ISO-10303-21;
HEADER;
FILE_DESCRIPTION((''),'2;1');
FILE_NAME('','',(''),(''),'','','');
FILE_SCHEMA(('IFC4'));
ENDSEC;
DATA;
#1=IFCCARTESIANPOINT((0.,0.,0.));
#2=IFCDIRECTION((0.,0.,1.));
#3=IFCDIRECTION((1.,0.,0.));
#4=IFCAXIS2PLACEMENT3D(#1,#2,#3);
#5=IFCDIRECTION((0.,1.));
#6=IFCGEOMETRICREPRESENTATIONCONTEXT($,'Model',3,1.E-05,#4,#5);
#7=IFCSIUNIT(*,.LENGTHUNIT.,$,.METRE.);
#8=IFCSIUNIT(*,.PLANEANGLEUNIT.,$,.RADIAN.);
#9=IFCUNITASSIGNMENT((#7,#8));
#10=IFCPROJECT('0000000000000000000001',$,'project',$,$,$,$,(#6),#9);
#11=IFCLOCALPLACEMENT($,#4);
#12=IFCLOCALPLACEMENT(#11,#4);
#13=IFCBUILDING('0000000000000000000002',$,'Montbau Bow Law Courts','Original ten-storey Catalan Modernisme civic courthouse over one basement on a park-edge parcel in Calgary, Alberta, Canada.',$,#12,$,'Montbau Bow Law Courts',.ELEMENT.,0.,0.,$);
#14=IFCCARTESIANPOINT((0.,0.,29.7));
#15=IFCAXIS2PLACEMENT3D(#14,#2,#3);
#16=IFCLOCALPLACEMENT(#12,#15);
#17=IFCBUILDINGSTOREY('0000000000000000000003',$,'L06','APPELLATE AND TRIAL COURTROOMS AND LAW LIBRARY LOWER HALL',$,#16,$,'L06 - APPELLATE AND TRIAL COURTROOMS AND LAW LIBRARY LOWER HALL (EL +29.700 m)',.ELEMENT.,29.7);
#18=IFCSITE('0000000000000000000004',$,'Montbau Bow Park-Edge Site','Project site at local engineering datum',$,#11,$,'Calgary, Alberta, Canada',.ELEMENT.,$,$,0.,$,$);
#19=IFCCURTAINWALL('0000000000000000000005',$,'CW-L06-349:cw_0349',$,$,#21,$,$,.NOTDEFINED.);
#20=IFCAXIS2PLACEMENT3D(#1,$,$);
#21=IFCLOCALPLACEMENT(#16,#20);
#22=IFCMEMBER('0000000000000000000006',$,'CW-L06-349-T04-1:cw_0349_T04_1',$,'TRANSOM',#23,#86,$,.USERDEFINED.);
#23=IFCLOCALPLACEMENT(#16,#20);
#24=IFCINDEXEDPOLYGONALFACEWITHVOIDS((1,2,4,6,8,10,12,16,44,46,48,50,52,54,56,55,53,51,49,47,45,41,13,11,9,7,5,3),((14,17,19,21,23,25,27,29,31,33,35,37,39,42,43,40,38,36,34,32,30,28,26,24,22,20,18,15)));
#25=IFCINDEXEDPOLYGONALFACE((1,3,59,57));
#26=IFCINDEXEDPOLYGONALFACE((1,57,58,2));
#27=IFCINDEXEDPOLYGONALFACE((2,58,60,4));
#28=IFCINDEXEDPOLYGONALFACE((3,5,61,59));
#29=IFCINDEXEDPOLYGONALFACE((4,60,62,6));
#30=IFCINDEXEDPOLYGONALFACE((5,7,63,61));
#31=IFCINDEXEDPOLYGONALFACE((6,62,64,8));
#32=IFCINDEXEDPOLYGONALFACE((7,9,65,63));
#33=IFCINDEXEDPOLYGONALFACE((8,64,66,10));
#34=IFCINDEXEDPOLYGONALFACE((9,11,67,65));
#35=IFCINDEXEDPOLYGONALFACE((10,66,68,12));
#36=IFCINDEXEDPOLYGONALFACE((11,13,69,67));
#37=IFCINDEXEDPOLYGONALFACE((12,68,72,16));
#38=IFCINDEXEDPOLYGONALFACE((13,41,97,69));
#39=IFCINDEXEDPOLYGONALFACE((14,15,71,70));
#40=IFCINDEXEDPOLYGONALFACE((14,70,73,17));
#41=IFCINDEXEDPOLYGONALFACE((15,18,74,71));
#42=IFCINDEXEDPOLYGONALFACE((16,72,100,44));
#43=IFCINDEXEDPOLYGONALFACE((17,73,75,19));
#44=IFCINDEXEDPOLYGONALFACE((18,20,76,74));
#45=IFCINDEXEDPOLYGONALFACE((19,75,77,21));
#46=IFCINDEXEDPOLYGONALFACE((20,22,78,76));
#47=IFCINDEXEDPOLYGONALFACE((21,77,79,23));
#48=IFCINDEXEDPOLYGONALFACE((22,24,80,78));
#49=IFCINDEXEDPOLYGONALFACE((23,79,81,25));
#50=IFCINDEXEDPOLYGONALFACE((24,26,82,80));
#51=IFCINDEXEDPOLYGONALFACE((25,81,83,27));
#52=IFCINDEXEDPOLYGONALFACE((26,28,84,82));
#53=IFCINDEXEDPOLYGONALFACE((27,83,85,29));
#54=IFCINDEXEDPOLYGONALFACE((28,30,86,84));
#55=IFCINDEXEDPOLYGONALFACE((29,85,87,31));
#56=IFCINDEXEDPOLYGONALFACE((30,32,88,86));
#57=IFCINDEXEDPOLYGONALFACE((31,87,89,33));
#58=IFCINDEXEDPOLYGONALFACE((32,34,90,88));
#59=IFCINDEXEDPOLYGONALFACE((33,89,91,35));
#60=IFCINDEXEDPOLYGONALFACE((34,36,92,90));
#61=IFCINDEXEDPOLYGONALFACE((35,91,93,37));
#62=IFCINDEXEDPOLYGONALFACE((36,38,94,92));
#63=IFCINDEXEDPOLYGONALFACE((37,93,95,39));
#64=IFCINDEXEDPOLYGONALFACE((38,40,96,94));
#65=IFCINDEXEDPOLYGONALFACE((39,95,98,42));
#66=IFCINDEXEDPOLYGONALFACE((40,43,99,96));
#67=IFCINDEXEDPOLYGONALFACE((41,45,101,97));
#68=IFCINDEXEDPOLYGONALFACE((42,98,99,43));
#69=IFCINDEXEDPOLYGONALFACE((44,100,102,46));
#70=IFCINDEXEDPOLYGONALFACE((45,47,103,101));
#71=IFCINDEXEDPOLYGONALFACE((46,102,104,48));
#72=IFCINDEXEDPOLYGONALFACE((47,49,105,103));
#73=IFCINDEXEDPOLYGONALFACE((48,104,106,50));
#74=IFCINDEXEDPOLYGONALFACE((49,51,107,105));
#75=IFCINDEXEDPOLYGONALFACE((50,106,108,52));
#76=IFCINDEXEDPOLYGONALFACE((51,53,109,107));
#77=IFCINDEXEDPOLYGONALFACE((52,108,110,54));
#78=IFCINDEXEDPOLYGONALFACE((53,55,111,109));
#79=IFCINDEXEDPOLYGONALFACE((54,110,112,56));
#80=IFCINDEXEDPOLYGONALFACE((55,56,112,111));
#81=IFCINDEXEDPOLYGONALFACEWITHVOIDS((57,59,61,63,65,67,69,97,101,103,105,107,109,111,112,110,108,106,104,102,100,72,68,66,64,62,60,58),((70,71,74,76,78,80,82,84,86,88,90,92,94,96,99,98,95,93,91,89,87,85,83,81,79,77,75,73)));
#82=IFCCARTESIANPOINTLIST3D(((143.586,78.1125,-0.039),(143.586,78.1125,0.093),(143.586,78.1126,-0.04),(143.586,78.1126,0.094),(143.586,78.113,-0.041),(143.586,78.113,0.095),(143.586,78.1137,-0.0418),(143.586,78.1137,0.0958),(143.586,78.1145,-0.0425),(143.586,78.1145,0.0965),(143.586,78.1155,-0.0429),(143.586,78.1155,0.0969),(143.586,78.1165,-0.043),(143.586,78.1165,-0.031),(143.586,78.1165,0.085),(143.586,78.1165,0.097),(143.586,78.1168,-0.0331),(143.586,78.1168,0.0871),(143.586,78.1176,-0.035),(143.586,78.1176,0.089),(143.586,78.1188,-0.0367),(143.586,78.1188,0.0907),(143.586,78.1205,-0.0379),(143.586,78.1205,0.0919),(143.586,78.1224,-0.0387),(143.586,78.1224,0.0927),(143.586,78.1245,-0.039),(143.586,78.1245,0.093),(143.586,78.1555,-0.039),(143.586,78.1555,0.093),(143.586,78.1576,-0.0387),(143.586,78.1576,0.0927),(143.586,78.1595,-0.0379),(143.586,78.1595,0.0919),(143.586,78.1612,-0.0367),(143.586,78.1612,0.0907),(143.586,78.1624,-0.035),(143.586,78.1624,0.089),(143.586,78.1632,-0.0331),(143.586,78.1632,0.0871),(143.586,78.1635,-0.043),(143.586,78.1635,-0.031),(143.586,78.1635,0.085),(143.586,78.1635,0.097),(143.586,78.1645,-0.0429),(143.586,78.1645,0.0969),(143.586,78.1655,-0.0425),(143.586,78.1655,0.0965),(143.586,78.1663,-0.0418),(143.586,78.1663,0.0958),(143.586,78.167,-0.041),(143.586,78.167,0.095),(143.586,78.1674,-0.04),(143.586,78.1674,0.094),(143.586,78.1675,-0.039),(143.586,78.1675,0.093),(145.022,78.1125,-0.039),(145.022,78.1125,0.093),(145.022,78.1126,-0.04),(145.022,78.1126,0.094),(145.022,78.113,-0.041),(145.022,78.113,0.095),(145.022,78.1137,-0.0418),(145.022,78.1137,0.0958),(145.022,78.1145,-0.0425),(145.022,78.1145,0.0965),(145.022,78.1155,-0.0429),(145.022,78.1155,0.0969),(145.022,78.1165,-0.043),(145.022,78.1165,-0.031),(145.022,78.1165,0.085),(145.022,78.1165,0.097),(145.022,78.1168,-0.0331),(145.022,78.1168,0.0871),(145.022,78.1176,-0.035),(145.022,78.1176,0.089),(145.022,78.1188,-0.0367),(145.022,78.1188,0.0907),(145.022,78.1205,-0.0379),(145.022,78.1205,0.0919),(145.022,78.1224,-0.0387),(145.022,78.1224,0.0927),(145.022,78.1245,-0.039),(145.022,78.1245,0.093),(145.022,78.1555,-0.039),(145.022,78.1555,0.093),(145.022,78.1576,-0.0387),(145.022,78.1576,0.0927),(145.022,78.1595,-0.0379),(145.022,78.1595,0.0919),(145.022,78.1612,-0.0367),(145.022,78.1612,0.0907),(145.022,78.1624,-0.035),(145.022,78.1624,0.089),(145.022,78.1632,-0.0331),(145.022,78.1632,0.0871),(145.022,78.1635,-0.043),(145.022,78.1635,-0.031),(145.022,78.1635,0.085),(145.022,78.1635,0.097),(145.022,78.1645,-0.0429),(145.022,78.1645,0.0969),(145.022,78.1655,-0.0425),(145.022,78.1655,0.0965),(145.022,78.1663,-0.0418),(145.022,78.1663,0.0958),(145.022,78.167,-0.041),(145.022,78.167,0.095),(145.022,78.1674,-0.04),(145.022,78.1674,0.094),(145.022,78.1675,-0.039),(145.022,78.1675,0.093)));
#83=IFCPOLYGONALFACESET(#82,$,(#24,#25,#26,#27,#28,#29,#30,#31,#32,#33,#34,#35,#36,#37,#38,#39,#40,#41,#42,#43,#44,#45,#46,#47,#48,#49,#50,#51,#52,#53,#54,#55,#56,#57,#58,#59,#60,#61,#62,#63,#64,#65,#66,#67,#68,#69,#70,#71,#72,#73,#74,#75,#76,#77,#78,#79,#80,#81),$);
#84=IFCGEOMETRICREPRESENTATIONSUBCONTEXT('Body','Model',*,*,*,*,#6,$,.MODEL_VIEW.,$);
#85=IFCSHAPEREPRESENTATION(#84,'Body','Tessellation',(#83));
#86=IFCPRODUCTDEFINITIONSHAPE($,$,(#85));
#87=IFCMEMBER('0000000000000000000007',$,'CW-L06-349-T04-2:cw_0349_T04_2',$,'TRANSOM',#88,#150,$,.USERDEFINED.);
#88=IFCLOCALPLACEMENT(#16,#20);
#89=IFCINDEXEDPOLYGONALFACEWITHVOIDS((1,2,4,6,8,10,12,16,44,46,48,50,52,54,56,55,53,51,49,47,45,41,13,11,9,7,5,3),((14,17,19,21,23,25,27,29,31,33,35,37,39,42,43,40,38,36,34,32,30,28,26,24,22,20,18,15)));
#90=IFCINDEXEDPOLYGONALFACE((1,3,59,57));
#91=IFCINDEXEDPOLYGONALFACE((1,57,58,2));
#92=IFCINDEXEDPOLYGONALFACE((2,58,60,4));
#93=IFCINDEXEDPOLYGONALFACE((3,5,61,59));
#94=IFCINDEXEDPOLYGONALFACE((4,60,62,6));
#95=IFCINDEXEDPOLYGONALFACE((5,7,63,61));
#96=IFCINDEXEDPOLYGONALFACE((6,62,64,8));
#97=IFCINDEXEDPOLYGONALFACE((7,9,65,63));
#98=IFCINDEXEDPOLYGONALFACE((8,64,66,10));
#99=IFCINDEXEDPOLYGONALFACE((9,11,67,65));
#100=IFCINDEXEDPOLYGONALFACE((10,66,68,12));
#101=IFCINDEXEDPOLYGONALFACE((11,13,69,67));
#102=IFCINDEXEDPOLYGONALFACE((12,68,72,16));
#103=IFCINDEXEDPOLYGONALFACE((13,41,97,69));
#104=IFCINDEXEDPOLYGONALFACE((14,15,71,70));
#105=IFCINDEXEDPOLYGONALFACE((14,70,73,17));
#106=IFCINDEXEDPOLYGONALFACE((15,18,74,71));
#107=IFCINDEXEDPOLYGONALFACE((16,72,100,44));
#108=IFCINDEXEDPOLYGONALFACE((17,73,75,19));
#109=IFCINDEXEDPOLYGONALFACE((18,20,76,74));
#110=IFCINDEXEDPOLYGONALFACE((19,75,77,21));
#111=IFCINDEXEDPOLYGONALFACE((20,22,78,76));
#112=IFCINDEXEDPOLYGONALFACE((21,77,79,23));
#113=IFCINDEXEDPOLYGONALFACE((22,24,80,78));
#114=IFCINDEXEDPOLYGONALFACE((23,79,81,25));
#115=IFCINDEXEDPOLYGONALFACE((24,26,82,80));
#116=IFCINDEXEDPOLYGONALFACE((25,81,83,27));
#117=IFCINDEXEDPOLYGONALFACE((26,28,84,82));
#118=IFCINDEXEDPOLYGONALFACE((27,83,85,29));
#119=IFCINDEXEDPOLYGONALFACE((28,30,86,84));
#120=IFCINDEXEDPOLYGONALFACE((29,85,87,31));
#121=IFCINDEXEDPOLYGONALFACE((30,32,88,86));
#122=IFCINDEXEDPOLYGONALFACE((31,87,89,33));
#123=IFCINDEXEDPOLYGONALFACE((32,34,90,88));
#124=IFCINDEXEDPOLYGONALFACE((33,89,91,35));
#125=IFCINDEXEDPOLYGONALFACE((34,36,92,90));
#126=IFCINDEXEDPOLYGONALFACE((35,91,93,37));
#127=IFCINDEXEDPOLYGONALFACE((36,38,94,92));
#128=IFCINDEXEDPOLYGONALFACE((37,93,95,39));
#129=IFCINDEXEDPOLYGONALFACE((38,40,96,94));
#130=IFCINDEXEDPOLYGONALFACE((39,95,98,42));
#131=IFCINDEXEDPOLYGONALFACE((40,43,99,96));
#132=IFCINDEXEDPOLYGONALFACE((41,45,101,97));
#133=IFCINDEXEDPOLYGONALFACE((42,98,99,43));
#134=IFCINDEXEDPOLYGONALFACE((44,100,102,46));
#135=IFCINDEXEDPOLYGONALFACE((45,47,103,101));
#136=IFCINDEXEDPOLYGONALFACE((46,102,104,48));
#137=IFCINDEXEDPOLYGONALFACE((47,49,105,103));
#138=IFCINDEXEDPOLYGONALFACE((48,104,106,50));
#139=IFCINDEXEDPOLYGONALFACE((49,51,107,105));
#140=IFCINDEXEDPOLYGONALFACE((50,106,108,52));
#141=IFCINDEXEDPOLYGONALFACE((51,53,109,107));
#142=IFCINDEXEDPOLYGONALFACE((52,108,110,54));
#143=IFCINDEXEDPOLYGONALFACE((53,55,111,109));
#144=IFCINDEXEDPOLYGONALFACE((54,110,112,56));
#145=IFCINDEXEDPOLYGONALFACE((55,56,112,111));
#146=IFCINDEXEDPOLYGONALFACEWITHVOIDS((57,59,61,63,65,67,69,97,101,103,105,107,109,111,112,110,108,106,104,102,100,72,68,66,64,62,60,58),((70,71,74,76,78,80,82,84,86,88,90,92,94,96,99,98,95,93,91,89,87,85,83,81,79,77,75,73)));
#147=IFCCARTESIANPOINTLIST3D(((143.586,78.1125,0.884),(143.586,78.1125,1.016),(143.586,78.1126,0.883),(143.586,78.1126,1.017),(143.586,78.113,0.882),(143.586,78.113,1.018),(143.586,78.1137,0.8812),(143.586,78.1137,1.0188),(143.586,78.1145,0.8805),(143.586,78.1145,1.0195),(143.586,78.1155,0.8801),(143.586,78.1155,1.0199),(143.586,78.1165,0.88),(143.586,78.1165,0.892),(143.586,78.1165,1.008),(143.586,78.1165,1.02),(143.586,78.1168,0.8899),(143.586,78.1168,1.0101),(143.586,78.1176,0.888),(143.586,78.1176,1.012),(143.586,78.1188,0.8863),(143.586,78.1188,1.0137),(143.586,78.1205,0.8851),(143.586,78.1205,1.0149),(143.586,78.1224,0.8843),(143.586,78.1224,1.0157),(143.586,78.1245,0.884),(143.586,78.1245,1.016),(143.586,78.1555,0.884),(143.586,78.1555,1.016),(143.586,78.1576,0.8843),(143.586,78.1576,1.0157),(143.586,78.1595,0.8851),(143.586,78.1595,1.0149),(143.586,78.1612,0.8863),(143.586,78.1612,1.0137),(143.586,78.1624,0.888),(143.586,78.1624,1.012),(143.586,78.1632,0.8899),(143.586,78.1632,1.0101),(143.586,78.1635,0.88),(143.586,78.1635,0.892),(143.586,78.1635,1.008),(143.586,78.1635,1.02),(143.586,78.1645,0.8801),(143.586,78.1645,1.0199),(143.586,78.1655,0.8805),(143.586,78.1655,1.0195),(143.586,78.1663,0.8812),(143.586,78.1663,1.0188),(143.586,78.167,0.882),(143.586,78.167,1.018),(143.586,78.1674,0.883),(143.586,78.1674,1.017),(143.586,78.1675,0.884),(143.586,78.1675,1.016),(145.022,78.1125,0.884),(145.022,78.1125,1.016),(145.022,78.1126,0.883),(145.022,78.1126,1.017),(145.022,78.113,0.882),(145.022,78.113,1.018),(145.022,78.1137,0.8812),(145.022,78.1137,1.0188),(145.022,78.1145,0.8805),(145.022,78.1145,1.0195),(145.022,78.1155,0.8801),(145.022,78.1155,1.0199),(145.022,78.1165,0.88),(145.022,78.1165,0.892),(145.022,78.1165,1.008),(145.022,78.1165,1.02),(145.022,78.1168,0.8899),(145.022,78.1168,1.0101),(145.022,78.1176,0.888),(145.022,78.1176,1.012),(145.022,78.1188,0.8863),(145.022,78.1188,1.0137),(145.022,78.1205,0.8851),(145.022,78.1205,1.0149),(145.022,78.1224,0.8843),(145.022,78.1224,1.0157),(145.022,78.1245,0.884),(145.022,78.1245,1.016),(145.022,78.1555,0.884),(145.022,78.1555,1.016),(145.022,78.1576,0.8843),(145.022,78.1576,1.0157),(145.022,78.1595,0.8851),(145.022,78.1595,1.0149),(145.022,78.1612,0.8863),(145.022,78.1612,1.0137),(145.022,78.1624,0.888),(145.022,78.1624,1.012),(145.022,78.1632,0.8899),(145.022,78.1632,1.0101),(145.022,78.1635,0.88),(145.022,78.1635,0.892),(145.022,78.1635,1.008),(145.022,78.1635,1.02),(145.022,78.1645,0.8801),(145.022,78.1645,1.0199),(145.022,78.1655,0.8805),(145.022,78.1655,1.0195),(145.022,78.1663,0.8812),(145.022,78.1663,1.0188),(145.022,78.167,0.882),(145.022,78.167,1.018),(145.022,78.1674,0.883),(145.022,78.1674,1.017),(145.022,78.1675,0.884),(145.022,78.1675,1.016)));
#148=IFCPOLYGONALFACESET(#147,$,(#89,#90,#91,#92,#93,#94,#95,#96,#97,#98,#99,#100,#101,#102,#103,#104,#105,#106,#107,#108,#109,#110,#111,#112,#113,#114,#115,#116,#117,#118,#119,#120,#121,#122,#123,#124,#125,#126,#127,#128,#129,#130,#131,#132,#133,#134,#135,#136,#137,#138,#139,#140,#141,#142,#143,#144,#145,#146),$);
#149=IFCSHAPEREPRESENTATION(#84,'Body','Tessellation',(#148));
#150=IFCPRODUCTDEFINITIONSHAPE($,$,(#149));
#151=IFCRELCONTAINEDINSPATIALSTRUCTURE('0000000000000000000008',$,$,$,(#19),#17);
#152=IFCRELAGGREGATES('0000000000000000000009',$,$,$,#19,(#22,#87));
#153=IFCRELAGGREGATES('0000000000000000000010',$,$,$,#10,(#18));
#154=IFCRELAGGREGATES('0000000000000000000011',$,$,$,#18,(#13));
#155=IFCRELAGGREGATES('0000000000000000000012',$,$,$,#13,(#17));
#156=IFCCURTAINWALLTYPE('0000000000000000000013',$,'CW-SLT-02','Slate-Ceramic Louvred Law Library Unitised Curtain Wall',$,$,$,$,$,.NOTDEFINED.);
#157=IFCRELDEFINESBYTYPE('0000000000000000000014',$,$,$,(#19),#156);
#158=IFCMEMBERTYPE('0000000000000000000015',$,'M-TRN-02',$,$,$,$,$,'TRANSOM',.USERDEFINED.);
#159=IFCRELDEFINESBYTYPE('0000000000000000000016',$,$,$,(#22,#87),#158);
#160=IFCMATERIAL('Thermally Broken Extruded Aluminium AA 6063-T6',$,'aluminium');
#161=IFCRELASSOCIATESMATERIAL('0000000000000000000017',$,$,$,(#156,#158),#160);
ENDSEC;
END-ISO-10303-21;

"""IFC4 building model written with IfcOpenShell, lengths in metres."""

from ifc_helpers import new_model, si_unit, direction, frame, origin_with_axes, origin_2d_with_axis, place, context, subcontext, project, spatial, hollow_rectangle, extrude, material, material_profile, profile_set, type_object, element, aggregate, save


model = new_model("IFC4")

# Units and contexts
model_context = context("Model", 3, precision=1e-05, world=origin_with_axes(), true_north=direction((0.0, 1.0)))
body_context = subcontext(model_context, "Body", "Model", "MODEL_VIEW")
ifc_project = project(units=[si_unit("LENGTHUNIT", "METRE"), si_unit("PLANEANGLEUNIT", "RADIAN")], contexts=[model_context])

# Site, building, storey
site_placement = place(None, origin_with_axes())
site = spatial("IfcSite", under=ifc_project, at=site_placement, Name="Montbau Bow Park-Edge Site", Description="Project site at local engineering datum", LongName="Calgary, Alberta, Canada", CompositionType="ELEMENT", RefElevation=0.0)
building_placement = place(site_placement, origin_with_axes())
building = spatial("IfcBuilding", under=site, at=building_placement, Name="Montbau Bow Law Courts", Description="Original ten-storey Catalan Modernisme civic courthouse over one basement on a park-edge parcel in Calgary, Alberta, Canada.", LongName="Montbau Bow Law Courts", CompositionType="ELEMENT", ElevationOfRefHeight=0.0, ElevationOfTerrain=0.0)
storey_placement = place(building_placement, frame((0.0, 0.0, 29.7), z_axis=(0.0, 0.0, 1.0), x_axis=(1.0, 0.0, 0.0)))
storey = spatial("IfcBuildingStorey", under=building, at=storey_placement, Name="L06", Description="APPELLATE AND TRIAL COURTROOMS AND LAW LIBRARY LOWER HALL", LongName="L06 - APPELLATE AND TRIAL COURTROOMS AND LAW LIBRARY LOWER HALL (EL +29.700 m)", CompositionType="ELEMENT", Elevation=29.7)

# Curtain wall
ifc_material_1 = material(Name="Thermally Broken Extruded Aluminium AA 6063-T6", Category="aluminium")
curtain_wall_type = type_object("IfcCurtainWallType", Name="CW-SLT-02", Description="Slate-Ceramic Louvred Law Library Unitised Curtain Wall", PredefinedType="NOTDEFINED", material=ifc_material_1)
curtain_wall_1_placement = place(None, frame((139.04, 78.14, 29.7), z_axis=(0.0, 0.0, 1.0), x_axis=(1.0, 0.0, 0.0)))
curtain_wall_1 = element("IfcCurtainWall", 1, at=curtain_wall_1_placement, inside=storey, type_object=curtain_wall_type, Name="CW-L06-349:cw_0349", PredefinedType="NOTDEFINED")

# Members
ifc_material_profile_1 = material_profile(ifc_material_1, hollow_rectangle(XDim=0.055, YDim=0.14, WallThickness=0.004, InnerFilletRadius=0.008, OuterFilletRadius=0.004, at=origin_2d_with_axis()), Name="CWT-140X55", Category="Main", Priority=0)
ifc_profile_set_1 = profile_set([ifc_material_profile_1], Name="Thermally Broken Extruded Aluminium AA 6063-T6")
member_type_1 = type_object("IfcMemberType", Name="M-TRN-02", ElementType="TRANSOM", PredefinedType="USERDEFINED", material=ifc_profile_set_1)
member_1_placement = place(None, frame((143.586, 78.14, 29.727), z_axis=(1.0, 0.0, 0.0), x_axis=(0.0, 1.0, 0.0)))
member_1 = element("IfcMember", 2, at=member_1_placement, type_object=member_type_1, Name="CW-L06-349-T04-1:cw_0349_T04_1", ObjectType="TRANSOM", PredefinedType="USERDEFINED", context=body_context, shape_type="SweptSolid", body=[
    extrude(hollow_rectangle(XDim=0.055, YDim=0.14, WallThickness=0.004, InnerFilletRadius=0.008, OuterFilletRadius=0.004, at=origin_2d_with_axis()), origin_with_axes(), (0.0, 0.0, 1.0), 1.436),
])
member_2_placement = place(None, frame((143.586, 78.14, 30.65), z_axis=(1.0, 0.0, 0.0), x_axis=(0.0, 1.0, 0.0)))
member_2 = element("IfcMember", 3, at=member_2_placement, type_object=member_type_1, Name="CW-L06-349-T04-2:cw_0349_T04_2", ObjectType="TRANSOM", PredefinedType="USERDEFINED", context=body_context, shape_type="SweptSolid", body=[
    extrude(hollow_rectangle(XDim=0.055, YDim=0.14, WallThickness=0.004, InnerFilletRadius=0.008, OuterFilletRadius=0.004, at=origin_2d_with_axis()), origin_with_axes(), (0.0, 0.0, 1.0), 1.436),
])

aggregate(curtain_wall_1, [member_1, member_2])

save(model, "model.ifc")
